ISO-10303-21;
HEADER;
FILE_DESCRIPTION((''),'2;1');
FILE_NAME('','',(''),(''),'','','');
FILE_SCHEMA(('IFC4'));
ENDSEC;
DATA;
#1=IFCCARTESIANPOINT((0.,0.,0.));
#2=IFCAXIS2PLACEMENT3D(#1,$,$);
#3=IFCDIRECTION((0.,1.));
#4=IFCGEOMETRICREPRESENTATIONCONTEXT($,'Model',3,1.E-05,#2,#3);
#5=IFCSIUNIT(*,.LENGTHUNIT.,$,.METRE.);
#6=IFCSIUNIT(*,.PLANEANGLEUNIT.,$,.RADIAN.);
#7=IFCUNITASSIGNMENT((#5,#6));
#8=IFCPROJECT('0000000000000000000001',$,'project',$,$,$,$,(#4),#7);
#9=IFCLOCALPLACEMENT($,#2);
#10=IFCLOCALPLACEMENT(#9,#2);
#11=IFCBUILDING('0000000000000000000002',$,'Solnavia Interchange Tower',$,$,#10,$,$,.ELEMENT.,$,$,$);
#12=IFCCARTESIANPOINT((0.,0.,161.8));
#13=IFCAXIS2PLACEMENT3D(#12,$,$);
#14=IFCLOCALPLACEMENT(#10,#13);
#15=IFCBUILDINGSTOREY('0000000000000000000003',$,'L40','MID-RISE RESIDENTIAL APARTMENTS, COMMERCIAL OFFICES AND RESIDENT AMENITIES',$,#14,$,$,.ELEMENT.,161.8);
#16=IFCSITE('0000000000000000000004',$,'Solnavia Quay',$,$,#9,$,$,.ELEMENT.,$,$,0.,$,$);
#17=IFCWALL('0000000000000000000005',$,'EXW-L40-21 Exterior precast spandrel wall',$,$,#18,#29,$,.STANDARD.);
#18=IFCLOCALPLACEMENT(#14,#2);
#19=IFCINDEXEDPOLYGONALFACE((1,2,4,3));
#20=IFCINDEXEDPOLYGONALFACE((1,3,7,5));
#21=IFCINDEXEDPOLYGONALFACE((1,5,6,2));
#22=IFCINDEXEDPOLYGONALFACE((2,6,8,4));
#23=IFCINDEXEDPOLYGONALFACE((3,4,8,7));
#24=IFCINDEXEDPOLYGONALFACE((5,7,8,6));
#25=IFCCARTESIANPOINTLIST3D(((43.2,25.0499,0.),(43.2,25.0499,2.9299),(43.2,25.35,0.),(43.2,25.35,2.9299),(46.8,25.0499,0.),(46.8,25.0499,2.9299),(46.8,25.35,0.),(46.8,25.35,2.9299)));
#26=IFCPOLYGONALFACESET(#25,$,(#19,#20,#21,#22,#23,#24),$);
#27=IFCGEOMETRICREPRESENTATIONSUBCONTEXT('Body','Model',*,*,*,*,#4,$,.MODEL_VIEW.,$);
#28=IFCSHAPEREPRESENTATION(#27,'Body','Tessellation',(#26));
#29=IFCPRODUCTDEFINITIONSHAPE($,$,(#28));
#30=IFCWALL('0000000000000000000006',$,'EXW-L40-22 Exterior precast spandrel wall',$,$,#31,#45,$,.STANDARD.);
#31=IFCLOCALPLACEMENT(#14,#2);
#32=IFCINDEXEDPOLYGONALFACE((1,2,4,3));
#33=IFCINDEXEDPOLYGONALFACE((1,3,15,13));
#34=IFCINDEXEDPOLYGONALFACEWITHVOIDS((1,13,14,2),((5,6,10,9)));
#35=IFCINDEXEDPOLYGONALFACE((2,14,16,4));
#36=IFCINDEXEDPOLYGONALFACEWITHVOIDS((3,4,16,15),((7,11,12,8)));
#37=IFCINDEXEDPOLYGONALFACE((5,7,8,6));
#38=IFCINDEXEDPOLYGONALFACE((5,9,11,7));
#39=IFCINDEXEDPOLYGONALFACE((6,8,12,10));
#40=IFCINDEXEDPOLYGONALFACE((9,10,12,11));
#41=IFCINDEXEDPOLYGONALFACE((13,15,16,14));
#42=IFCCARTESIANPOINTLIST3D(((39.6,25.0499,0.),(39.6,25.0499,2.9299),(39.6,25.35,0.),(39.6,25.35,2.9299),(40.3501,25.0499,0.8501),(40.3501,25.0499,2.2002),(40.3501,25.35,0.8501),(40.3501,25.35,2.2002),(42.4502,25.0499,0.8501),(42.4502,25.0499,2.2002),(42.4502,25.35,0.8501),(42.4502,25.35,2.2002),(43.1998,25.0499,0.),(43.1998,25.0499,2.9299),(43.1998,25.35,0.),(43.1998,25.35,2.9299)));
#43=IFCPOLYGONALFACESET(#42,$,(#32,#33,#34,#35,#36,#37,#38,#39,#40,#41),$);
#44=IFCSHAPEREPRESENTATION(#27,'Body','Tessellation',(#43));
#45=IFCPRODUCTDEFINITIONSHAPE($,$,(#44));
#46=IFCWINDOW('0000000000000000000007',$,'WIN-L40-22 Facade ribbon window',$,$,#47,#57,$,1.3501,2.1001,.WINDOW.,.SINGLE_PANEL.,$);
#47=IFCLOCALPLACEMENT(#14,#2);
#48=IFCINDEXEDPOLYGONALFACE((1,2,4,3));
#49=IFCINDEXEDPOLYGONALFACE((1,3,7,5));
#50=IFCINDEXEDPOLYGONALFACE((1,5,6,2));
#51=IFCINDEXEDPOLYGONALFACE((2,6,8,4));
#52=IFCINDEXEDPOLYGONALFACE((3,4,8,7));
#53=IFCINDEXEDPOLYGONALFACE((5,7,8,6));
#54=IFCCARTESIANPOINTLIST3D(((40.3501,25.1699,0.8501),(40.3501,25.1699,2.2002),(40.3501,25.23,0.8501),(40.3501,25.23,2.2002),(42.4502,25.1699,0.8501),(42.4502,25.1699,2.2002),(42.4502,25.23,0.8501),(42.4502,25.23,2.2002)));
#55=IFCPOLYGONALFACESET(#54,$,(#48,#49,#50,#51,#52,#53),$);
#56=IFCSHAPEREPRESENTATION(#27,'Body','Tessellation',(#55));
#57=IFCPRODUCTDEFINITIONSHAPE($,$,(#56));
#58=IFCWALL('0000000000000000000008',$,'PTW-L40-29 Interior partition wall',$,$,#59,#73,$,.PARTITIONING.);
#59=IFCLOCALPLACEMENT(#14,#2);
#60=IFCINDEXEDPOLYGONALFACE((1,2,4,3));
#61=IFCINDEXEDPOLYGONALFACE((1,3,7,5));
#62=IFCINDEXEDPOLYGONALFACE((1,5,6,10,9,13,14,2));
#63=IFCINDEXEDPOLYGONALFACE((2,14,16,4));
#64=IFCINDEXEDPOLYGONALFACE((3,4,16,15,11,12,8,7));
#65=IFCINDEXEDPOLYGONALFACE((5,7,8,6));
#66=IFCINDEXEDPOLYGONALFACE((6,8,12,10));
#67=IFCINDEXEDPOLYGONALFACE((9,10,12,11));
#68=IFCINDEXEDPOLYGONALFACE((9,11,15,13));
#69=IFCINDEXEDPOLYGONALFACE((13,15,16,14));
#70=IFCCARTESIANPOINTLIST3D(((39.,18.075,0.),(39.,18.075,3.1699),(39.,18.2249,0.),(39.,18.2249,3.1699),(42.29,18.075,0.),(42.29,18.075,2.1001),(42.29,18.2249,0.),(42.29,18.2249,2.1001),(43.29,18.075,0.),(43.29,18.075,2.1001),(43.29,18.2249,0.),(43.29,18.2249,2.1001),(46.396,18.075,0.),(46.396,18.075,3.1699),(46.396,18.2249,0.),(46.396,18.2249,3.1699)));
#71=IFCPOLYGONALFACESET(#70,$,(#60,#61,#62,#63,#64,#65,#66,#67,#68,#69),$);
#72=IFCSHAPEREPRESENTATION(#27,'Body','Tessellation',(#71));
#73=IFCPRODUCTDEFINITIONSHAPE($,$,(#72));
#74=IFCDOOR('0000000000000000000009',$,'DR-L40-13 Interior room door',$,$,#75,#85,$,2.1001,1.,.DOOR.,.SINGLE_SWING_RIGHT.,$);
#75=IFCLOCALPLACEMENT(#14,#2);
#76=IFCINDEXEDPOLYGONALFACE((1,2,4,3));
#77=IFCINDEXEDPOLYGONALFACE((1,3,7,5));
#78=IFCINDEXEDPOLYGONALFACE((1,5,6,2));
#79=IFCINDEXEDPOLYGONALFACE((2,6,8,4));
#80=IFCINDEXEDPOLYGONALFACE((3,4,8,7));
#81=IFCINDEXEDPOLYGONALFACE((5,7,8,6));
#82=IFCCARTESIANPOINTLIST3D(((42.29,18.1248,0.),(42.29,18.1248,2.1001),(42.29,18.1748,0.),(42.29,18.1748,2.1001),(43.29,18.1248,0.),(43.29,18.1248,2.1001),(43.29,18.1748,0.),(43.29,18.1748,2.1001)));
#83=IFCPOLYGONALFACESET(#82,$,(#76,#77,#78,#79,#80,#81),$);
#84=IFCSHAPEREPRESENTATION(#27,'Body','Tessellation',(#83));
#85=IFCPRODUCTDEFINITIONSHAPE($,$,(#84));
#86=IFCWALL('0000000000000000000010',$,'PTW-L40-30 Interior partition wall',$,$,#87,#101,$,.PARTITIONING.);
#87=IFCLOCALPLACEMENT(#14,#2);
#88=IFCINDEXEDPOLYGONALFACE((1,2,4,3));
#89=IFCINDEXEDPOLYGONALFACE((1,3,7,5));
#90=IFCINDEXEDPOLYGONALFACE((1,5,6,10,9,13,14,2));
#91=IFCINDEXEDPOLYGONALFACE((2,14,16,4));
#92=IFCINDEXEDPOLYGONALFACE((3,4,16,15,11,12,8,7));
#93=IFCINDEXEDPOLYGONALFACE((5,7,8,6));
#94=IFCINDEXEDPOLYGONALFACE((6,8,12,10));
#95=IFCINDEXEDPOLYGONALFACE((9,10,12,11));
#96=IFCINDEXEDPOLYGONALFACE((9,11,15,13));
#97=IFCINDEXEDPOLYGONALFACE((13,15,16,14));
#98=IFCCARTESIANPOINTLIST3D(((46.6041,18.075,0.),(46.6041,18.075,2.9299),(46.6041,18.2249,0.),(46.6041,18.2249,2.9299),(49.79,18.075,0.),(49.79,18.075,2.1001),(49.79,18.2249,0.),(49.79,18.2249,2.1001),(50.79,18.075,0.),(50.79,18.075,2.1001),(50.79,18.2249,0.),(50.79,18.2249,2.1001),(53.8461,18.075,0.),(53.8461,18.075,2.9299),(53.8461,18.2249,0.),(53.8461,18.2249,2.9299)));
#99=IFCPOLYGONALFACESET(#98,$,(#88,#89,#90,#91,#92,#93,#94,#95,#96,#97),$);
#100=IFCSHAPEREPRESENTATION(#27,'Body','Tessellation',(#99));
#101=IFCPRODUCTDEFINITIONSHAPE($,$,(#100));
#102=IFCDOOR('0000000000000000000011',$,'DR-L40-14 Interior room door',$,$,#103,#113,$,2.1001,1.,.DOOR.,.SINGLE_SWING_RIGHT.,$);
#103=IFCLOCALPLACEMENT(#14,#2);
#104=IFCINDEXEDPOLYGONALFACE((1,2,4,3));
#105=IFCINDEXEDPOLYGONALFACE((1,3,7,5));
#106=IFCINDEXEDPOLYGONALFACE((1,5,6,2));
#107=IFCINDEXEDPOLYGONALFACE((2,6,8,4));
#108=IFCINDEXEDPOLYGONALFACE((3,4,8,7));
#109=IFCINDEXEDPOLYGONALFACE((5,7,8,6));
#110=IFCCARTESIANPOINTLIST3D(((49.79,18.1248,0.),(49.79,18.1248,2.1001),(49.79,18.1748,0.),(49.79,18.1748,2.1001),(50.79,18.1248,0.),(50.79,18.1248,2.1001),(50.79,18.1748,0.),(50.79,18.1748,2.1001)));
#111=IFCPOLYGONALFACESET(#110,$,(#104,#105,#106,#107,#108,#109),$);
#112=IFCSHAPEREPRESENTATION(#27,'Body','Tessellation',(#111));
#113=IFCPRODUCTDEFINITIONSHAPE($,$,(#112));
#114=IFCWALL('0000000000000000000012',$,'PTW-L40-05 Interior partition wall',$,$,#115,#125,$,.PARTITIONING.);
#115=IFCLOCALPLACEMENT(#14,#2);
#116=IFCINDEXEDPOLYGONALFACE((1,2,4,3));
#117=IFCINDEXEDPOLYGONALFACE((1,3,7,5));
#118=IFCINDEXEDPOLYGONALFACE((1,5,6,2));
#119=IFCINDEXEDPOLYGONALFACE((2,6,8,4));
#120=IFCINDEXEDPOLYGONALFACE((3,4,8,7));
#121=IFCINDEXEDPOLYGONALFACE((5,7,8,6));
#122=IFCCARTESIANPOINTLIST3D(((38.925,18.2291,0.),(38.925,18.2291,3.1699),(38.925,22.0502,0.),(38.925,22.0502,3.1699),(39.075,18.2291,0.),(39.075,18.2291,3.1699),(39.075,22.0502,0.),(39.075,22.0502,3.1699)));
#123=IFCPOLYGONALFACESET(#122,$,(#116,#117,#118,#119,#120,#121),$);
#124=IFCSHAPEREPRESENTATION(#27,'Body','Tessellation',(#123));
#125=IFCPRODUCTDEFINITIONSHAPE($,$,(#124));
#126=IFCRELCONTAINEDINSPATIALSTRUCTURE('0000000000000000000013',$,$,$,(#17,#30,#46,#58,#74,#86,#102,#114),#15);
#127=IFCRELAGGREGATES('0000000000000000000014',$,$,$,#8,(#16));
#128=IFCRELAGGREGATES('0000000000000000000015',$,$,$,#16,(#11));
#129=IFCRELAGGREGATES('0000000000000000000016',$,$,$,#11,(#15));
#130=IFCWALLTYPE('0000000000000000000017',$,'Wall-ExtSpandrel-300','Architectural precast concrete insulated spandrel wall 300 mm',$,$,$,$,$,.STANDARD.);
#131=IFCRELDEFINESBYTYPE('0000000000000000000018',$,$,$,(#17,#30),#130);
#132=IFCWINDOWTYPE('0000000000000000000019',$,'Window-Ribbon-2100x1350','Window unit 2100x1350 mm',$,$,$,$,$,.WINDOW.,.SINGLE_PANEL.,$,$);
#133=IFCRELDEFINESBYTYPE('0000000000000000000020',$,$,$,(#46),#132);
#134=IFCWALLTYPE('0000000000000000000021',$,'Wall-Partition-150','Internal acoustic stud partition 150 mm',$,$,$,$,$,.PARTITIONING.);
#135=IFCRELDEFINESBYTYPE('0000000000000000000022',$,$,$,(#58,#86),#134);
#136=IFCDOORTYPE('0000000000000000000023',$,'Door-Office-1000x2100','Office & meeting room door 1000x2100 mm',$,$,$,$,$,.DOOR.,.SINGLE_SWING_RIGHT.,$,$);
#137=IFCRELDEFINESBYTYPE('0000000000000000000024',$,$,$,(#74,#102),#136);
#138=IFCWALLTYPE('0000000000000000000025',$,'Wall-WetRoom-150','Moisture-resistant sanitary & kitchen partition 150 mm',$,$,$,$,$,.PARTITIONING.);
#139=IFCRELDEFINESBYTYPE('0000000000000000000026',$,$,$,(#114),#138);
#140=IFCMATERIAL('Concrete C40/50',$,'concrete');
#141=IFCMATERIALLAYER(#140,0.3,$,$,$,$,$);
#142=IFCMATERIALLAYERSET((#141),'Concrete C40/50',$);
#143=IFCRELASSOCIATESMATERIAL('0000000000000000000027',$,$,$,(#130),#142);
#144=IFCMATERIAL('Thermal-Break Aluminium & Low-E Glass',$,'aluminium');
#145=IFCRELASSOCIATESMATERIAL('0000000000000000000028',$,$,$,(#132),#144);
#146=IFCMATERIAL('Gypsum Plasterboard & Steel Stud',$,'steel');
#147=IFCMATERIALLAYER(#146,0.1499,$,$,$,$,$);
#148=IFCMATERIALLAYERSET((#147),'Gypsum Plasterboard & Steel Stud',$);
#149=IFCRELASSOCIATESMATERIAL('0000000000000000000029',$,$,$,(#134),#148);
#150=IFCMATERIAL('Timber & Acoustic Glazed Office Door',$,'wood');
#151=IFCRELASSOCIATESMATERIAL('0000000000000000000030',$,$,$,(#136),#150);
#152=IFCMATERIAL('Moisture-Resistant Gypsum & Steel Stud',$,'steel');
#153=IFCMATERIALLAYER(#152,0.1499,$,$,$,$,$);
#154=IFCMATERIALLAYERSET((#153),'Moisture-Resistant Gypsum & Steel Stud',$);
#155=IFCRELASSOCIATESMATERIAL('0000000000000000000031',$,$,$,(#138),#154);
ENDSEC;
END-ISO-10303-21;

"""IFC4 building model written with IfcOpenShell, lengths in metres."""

from ifc_helpers import new_model, si_unit, direction, frame, frame_2d, origin, place, context, subcontext, project, spatial, rectangle, extrude, material, layer, layer_set, type_object, element, fill, save


model = new_model("IFC4")

# Units and contexts
model_context = context("Model", 3, precision=1e-05, world=origin(), true_north=direction((0.0, 1.0)))
body_context = subcontext(model_context, "Body", "Model", "MODEL_VIEW")
ifc_project = project(units=[si_unit("LENGTHUNIT", "METRE"), si_unit("PLANEANGLEUNIT", "RADIAN")], contexts=[model_context])

# Site, building, storey
site_placement = place(None, origin())
site = spatial("IfcSite", under=ifc_project, at=site_placement, Name="Solnavia Quay", CompositionType="ELEMENT", RefElevation=0.0)
building_placement = place(site_placement, origin())
building = spatial("IfcBuilding", under=site, at=building_placement, Name="Solnavia Interchange Tower", CompositionType="ELEMENT")
storey_placement = place(building_placement, frame((0.0, 0.0, 161.8)))
storey = spatial("IfcBuildingStorey", under=building, at=storey_placement, Name="L40", Description="MID-RISE RESIDENTIAL APARTMENTS, COMMERCIAL OFFICES AND RESIDENT AMENITIES", CompositionType="ELEMENT", Elevation=161.8)

# Wall
ifc_material_1 = material(Name="Concrete C40/50", Category="concrete")
ifc_layer_1 = layer(ifc_material_1, 0.3)
ifc_layer_set_1 = layer_set([ifc_layer_1], Name="Concrete C40/50")
wall_type_1 = type_object("IfcWallType", Name="Wall-ExtSpandrel-300", Description="Architectural precast concrete insulated spandrel wall 300 mm", PredefinedType="STANDARD", material=ifc_layer_set_1)
wall_1_placement = place(storey_placement, frame((43.2, 25.2, 0.0), z_axis=(0.0, 0.0, 1.0), x_axis=(1.0, 0.0, 0.0)))
element("IfcWall", 1, at=wall_1_placement, inside=storey, type_object=wall_type_1, Name="EXW-L40-21 Exterior precast spandrel wall", PredefinedType="STANDARD", context=body_context, shape_type="SweptSolid", body=[
    extrude(rectangle(XDim=3.6001, YDim=0.3, at=frame_2d((1.8, 0.0))), origin(), (0.0, 0.0, 1.0), 2.9299),
])

# Wall, opening, window
wall_2_placement = place(storey_placement, frame((39.6001, 25.2, 0.0), z_axis=(0.0, 0.0, 1.0), x_axis=(1.0, 0.0, 0.0)))
wall_2 = element("IfcWall", 2, at=wall_2_placement, inside=storey, type_object=wall_type_1, Name="EXW-L40-22 Exterior precast spandrel wall", PredefinedType="STANDARD", context=body_context, shape_type="SweptSolid", body=[
    extrude(rectangle(XDim=3.5999, YDim=0.3, at=frame_2d((1.7998, 0.0))), origin(), (0.0, 0.0, 1.0), 2.9299),
])
opening_1_placement = place(wall_2_placement, frame((0.75, 0.0, 0.8501)))
opening_1 = element("IfcOpeningElement", 3, at=opening_1_placement, cuts=wall_2, PredefinedType="OPENING", context=body_context, shape_type="SweptSolid", body=[
    extrude(rectangle(XDim=2.1001, YDim=1.3501, at=frame_2d((1.05, 0.675))), frame((0.0, 0.1602, 0.0), z_axis=(0.0, -1.0, 0.0), x_axis=(1.0, 0.0, 0.0)), (0.0, 0.0, 1.0), 0.3201),
])
ifc_material_2 = material(Name="Thermal-Break Aluminium & Low-E Glass", Category="aluminium")
window_type = type_object("IfcWindowType", Name="Window-Ribbon-2100x1350", Description="Window unit 2100x1350 mm", PartitioningType="SINGLE_PANEL", PredefinedType="WINDOW", material=ifc_material_2)
window_placement = place(opening_1_placement, origin())
window = element("IfcWindow", 4, at=window_placement, inside=storey, type_object=window_type, Name="WIN-L40-22 Facade ribbon window", OverallHeight=1.3501, OverallWidth=2.1001, PartitioningType="SINGLE_PANEL", PredefinedType="WINDOW", context=body_context, shape_type="SweptSolid", body=[
    extrude(rectangle(XDim=2.1001, YDim=1.3501, at=frame_2d((1.05, 0.675))), frame((0.0, 0.03, 0.0), z_axis=(0.0, -1.0, 0.0), x_axis=(1.0, 0.0, 0.0)), (0.0, 0.0, 1.0), 0.0601),
])
fill(opening_1, window)

# Walls, openings, doors
ifc_material_3 = material(Name="Gypsum Plasterboard & Steel Stud", Category="steel")
ifc_layer_2 = layer(ifc_material_3, 0.1499)
ifc_layer_set_2 = layer_set([ifc_layer_2], Name="Gypsum Plasterboard & Steel Stud")
wall_type_2 = type_object("IfcWallType", Name="Wall-Partition-150", Description="Internal acoustic stud partition 150 mm", PredefinedType="PARTITIONING", material=ifc_layer_set_2)
wall_3_placement = place(storey_placement, frame((39.0, 18.1499, 0.0), z_axis=(0.0, 0.0, 1.0), x_axis=(1.0, 0.0, 0.0)))
wall_3 = element("IfcWall", 5, at=wall_3_placement, inside=storey, type_object=wall_type_2, Name="PTW-L40-29 Interior partition wall", PredefinedType="PARTITIONING", context=body_context, shape_type="SweptSolid", body=[
    extrude(rectangle(XDim=7.396, YDim=0.1499, at=frame_2d((3.698, 0.0))), origin(), (0.0, 0.0, 1.0), 3.1699),
])
opening_2_placement = place(wall_3_placement, frame((3.29, 0.0, 0.0)))
opening_2 = element("IfcOpeningElement", 6, at=opening_2_placement, cuts=wall_3, PredefinedType="OPENING", context=body_context, shape_type="SweptSolid", body=[
    extrude(rectangle(XDim=1.0, YDim=2.1001, at=frame_2d((0.5, 1.05))), frame((0.0, 0.085, 0.0), z_axis=(0.0, -1.0, 0.0), x_axis=(1.0, 0.0, 0.0)), (0.0, 0.0, 1.0), 0.1699),
])
ifc_material_4 = material(Name="Timber & Acoustic Glazed Office Door", Category="wood")
door_type = type_object("IfcDoorType", Name="Door-Office-1000x2100", Description="Office & meeting room door 1000x2100 mm", OperationType="SINGLE_SWING_RIGHT", PredefinedType="DOOR", material=ifc_material_4)
door_1_placement = place(opening_2_placement, origin())
door_1 = element("IfcDoor", 7, at=door_1_placement, inside=storey, type_object=door_type, Name="DR-L40-13 Interior room door", OperationType="SINGLE_SWING_RIGHT", OverallHeight=2.1001, OverallWidth=1.0, PredefinedType="DOOR", context=body_context, shape_type="SweptSolid", body=[
    extrude(rectangle(XDim=1.0, YDim=2.1001, at=frame_2d((0.5, 1.05))), frame((0.0, 0.0249, 0.0), z_axis=(0.0, -1.0, 0.0), x_axis=(1.0, 0.0, 0.0)), (0.0, 0.0, 1.0), 0.05),
])
fill(opening_2, door_1)
wall_4_placement = place(storey_placement, frame((46.604, 18.1499, 0.0), z_axis=(0.0, 0.0, 1.0), x_axis=(1.0, 0.0, 0.0)))
wall_4 = element("IfcWall", 8, at=wall_4_placement, inside=storey, type_object=wall_type_2, Name="PTW-L40-30 Interior partition wall", PredefinedType="PARTITIONING", context=body_context, shape_type="SweptSolid", body=[
    extrude(rectangle(XDim=7.2419, YDim=0.1499, at=frame_2d((3.6211, 0.0))), origin(), (0.0, 0.0, 1.0), 2.9299),
])
opening_3_placement = place(wall_4_placement, frame((3.186, 0.0, 0.0)))
opening_3 = element("IfcOpeningElement", 9, at=opening_3_placement, cuts=wall_4, PredefinedType="OPENING", context=body_context, shape_type="SweptSolid", body=[
    extrude(rectangle(XDim=1.0, YDim=2.1001, at=frame_2d((0.5, 1.05))), frame((0.0, 0.085, 0.0), z_axis=(0.0, -1.0, 0.0), x_axis=(1.0, 0.0, 0.0)), (0.0, 0.0, 1.0), 0.1699),
])
door_2_placement = place(opening_3_placement, origin())
door_2 = element("IfcDoor", 10, at=door_2_placement, inside=storey, type_object=door_type, Name="DR-L40-14 Interior room door", OperationType="SINGLE_SWING_RIGHT", OverallHeight=2.1001, OverallWidth=1.0, PredefinedType="DOOR", context=body_context, shape_type="SweptSolid", body=[
    extrude(rectangle(XDim=1.0, YDim=2.1001, at=frame_2d((0.5, 1.05))), frame((0.0, 0.0249, 0.0), z_axis=(0.0, -1.0, 0.0), x_axis=(1.0, 0.0, 0.0)), (0.0, 0.0, 1.0), 0.05),
])
fill(opening_3, door_2)

# Wall
ifc_material_5 = material(Name="Moisture-Resistant Gypsum & Steel Stud", Category="steel")
ifc_layer_3 = layer(ifc_material_5, 0.1499)
ifc_layer_set_3 = layer_set([ifc_layer_3], Name="Moisture-Resistant Gypsum & Steel Stud")
wall_type_3 = type_object("IfcWallType", Name="Wall-WetRoom-150", Description="Moisture-resistant sanitary & kitchen partition 150 mm", PredefinedType="PARTITIONING", material=ifc_layer_set_3)
wall_5_placement = place(storey_placement, frame((39.0, 18.229, 0.0), z_axis=(0.0, 0.0, 1.0), x_axis=(0.0, 1.0, 0.0)))
element("IfcWall", 11, at=wall_5_placement, inside=storey, type_object=wall_type_3, Name="PTW-L40-05 Interior partition wall", PredefinedType="PARTITIONING", context=body_context, shape_type="SweptSolid", body=[
    extrude(rectangle(XDim=3.821, YDim=0.1499, at=frame_2d((1.9106, 0.0))), origin(), (0.0, 0.0, 1.0), 3.1699),
])

save(model, "model.ifc")
